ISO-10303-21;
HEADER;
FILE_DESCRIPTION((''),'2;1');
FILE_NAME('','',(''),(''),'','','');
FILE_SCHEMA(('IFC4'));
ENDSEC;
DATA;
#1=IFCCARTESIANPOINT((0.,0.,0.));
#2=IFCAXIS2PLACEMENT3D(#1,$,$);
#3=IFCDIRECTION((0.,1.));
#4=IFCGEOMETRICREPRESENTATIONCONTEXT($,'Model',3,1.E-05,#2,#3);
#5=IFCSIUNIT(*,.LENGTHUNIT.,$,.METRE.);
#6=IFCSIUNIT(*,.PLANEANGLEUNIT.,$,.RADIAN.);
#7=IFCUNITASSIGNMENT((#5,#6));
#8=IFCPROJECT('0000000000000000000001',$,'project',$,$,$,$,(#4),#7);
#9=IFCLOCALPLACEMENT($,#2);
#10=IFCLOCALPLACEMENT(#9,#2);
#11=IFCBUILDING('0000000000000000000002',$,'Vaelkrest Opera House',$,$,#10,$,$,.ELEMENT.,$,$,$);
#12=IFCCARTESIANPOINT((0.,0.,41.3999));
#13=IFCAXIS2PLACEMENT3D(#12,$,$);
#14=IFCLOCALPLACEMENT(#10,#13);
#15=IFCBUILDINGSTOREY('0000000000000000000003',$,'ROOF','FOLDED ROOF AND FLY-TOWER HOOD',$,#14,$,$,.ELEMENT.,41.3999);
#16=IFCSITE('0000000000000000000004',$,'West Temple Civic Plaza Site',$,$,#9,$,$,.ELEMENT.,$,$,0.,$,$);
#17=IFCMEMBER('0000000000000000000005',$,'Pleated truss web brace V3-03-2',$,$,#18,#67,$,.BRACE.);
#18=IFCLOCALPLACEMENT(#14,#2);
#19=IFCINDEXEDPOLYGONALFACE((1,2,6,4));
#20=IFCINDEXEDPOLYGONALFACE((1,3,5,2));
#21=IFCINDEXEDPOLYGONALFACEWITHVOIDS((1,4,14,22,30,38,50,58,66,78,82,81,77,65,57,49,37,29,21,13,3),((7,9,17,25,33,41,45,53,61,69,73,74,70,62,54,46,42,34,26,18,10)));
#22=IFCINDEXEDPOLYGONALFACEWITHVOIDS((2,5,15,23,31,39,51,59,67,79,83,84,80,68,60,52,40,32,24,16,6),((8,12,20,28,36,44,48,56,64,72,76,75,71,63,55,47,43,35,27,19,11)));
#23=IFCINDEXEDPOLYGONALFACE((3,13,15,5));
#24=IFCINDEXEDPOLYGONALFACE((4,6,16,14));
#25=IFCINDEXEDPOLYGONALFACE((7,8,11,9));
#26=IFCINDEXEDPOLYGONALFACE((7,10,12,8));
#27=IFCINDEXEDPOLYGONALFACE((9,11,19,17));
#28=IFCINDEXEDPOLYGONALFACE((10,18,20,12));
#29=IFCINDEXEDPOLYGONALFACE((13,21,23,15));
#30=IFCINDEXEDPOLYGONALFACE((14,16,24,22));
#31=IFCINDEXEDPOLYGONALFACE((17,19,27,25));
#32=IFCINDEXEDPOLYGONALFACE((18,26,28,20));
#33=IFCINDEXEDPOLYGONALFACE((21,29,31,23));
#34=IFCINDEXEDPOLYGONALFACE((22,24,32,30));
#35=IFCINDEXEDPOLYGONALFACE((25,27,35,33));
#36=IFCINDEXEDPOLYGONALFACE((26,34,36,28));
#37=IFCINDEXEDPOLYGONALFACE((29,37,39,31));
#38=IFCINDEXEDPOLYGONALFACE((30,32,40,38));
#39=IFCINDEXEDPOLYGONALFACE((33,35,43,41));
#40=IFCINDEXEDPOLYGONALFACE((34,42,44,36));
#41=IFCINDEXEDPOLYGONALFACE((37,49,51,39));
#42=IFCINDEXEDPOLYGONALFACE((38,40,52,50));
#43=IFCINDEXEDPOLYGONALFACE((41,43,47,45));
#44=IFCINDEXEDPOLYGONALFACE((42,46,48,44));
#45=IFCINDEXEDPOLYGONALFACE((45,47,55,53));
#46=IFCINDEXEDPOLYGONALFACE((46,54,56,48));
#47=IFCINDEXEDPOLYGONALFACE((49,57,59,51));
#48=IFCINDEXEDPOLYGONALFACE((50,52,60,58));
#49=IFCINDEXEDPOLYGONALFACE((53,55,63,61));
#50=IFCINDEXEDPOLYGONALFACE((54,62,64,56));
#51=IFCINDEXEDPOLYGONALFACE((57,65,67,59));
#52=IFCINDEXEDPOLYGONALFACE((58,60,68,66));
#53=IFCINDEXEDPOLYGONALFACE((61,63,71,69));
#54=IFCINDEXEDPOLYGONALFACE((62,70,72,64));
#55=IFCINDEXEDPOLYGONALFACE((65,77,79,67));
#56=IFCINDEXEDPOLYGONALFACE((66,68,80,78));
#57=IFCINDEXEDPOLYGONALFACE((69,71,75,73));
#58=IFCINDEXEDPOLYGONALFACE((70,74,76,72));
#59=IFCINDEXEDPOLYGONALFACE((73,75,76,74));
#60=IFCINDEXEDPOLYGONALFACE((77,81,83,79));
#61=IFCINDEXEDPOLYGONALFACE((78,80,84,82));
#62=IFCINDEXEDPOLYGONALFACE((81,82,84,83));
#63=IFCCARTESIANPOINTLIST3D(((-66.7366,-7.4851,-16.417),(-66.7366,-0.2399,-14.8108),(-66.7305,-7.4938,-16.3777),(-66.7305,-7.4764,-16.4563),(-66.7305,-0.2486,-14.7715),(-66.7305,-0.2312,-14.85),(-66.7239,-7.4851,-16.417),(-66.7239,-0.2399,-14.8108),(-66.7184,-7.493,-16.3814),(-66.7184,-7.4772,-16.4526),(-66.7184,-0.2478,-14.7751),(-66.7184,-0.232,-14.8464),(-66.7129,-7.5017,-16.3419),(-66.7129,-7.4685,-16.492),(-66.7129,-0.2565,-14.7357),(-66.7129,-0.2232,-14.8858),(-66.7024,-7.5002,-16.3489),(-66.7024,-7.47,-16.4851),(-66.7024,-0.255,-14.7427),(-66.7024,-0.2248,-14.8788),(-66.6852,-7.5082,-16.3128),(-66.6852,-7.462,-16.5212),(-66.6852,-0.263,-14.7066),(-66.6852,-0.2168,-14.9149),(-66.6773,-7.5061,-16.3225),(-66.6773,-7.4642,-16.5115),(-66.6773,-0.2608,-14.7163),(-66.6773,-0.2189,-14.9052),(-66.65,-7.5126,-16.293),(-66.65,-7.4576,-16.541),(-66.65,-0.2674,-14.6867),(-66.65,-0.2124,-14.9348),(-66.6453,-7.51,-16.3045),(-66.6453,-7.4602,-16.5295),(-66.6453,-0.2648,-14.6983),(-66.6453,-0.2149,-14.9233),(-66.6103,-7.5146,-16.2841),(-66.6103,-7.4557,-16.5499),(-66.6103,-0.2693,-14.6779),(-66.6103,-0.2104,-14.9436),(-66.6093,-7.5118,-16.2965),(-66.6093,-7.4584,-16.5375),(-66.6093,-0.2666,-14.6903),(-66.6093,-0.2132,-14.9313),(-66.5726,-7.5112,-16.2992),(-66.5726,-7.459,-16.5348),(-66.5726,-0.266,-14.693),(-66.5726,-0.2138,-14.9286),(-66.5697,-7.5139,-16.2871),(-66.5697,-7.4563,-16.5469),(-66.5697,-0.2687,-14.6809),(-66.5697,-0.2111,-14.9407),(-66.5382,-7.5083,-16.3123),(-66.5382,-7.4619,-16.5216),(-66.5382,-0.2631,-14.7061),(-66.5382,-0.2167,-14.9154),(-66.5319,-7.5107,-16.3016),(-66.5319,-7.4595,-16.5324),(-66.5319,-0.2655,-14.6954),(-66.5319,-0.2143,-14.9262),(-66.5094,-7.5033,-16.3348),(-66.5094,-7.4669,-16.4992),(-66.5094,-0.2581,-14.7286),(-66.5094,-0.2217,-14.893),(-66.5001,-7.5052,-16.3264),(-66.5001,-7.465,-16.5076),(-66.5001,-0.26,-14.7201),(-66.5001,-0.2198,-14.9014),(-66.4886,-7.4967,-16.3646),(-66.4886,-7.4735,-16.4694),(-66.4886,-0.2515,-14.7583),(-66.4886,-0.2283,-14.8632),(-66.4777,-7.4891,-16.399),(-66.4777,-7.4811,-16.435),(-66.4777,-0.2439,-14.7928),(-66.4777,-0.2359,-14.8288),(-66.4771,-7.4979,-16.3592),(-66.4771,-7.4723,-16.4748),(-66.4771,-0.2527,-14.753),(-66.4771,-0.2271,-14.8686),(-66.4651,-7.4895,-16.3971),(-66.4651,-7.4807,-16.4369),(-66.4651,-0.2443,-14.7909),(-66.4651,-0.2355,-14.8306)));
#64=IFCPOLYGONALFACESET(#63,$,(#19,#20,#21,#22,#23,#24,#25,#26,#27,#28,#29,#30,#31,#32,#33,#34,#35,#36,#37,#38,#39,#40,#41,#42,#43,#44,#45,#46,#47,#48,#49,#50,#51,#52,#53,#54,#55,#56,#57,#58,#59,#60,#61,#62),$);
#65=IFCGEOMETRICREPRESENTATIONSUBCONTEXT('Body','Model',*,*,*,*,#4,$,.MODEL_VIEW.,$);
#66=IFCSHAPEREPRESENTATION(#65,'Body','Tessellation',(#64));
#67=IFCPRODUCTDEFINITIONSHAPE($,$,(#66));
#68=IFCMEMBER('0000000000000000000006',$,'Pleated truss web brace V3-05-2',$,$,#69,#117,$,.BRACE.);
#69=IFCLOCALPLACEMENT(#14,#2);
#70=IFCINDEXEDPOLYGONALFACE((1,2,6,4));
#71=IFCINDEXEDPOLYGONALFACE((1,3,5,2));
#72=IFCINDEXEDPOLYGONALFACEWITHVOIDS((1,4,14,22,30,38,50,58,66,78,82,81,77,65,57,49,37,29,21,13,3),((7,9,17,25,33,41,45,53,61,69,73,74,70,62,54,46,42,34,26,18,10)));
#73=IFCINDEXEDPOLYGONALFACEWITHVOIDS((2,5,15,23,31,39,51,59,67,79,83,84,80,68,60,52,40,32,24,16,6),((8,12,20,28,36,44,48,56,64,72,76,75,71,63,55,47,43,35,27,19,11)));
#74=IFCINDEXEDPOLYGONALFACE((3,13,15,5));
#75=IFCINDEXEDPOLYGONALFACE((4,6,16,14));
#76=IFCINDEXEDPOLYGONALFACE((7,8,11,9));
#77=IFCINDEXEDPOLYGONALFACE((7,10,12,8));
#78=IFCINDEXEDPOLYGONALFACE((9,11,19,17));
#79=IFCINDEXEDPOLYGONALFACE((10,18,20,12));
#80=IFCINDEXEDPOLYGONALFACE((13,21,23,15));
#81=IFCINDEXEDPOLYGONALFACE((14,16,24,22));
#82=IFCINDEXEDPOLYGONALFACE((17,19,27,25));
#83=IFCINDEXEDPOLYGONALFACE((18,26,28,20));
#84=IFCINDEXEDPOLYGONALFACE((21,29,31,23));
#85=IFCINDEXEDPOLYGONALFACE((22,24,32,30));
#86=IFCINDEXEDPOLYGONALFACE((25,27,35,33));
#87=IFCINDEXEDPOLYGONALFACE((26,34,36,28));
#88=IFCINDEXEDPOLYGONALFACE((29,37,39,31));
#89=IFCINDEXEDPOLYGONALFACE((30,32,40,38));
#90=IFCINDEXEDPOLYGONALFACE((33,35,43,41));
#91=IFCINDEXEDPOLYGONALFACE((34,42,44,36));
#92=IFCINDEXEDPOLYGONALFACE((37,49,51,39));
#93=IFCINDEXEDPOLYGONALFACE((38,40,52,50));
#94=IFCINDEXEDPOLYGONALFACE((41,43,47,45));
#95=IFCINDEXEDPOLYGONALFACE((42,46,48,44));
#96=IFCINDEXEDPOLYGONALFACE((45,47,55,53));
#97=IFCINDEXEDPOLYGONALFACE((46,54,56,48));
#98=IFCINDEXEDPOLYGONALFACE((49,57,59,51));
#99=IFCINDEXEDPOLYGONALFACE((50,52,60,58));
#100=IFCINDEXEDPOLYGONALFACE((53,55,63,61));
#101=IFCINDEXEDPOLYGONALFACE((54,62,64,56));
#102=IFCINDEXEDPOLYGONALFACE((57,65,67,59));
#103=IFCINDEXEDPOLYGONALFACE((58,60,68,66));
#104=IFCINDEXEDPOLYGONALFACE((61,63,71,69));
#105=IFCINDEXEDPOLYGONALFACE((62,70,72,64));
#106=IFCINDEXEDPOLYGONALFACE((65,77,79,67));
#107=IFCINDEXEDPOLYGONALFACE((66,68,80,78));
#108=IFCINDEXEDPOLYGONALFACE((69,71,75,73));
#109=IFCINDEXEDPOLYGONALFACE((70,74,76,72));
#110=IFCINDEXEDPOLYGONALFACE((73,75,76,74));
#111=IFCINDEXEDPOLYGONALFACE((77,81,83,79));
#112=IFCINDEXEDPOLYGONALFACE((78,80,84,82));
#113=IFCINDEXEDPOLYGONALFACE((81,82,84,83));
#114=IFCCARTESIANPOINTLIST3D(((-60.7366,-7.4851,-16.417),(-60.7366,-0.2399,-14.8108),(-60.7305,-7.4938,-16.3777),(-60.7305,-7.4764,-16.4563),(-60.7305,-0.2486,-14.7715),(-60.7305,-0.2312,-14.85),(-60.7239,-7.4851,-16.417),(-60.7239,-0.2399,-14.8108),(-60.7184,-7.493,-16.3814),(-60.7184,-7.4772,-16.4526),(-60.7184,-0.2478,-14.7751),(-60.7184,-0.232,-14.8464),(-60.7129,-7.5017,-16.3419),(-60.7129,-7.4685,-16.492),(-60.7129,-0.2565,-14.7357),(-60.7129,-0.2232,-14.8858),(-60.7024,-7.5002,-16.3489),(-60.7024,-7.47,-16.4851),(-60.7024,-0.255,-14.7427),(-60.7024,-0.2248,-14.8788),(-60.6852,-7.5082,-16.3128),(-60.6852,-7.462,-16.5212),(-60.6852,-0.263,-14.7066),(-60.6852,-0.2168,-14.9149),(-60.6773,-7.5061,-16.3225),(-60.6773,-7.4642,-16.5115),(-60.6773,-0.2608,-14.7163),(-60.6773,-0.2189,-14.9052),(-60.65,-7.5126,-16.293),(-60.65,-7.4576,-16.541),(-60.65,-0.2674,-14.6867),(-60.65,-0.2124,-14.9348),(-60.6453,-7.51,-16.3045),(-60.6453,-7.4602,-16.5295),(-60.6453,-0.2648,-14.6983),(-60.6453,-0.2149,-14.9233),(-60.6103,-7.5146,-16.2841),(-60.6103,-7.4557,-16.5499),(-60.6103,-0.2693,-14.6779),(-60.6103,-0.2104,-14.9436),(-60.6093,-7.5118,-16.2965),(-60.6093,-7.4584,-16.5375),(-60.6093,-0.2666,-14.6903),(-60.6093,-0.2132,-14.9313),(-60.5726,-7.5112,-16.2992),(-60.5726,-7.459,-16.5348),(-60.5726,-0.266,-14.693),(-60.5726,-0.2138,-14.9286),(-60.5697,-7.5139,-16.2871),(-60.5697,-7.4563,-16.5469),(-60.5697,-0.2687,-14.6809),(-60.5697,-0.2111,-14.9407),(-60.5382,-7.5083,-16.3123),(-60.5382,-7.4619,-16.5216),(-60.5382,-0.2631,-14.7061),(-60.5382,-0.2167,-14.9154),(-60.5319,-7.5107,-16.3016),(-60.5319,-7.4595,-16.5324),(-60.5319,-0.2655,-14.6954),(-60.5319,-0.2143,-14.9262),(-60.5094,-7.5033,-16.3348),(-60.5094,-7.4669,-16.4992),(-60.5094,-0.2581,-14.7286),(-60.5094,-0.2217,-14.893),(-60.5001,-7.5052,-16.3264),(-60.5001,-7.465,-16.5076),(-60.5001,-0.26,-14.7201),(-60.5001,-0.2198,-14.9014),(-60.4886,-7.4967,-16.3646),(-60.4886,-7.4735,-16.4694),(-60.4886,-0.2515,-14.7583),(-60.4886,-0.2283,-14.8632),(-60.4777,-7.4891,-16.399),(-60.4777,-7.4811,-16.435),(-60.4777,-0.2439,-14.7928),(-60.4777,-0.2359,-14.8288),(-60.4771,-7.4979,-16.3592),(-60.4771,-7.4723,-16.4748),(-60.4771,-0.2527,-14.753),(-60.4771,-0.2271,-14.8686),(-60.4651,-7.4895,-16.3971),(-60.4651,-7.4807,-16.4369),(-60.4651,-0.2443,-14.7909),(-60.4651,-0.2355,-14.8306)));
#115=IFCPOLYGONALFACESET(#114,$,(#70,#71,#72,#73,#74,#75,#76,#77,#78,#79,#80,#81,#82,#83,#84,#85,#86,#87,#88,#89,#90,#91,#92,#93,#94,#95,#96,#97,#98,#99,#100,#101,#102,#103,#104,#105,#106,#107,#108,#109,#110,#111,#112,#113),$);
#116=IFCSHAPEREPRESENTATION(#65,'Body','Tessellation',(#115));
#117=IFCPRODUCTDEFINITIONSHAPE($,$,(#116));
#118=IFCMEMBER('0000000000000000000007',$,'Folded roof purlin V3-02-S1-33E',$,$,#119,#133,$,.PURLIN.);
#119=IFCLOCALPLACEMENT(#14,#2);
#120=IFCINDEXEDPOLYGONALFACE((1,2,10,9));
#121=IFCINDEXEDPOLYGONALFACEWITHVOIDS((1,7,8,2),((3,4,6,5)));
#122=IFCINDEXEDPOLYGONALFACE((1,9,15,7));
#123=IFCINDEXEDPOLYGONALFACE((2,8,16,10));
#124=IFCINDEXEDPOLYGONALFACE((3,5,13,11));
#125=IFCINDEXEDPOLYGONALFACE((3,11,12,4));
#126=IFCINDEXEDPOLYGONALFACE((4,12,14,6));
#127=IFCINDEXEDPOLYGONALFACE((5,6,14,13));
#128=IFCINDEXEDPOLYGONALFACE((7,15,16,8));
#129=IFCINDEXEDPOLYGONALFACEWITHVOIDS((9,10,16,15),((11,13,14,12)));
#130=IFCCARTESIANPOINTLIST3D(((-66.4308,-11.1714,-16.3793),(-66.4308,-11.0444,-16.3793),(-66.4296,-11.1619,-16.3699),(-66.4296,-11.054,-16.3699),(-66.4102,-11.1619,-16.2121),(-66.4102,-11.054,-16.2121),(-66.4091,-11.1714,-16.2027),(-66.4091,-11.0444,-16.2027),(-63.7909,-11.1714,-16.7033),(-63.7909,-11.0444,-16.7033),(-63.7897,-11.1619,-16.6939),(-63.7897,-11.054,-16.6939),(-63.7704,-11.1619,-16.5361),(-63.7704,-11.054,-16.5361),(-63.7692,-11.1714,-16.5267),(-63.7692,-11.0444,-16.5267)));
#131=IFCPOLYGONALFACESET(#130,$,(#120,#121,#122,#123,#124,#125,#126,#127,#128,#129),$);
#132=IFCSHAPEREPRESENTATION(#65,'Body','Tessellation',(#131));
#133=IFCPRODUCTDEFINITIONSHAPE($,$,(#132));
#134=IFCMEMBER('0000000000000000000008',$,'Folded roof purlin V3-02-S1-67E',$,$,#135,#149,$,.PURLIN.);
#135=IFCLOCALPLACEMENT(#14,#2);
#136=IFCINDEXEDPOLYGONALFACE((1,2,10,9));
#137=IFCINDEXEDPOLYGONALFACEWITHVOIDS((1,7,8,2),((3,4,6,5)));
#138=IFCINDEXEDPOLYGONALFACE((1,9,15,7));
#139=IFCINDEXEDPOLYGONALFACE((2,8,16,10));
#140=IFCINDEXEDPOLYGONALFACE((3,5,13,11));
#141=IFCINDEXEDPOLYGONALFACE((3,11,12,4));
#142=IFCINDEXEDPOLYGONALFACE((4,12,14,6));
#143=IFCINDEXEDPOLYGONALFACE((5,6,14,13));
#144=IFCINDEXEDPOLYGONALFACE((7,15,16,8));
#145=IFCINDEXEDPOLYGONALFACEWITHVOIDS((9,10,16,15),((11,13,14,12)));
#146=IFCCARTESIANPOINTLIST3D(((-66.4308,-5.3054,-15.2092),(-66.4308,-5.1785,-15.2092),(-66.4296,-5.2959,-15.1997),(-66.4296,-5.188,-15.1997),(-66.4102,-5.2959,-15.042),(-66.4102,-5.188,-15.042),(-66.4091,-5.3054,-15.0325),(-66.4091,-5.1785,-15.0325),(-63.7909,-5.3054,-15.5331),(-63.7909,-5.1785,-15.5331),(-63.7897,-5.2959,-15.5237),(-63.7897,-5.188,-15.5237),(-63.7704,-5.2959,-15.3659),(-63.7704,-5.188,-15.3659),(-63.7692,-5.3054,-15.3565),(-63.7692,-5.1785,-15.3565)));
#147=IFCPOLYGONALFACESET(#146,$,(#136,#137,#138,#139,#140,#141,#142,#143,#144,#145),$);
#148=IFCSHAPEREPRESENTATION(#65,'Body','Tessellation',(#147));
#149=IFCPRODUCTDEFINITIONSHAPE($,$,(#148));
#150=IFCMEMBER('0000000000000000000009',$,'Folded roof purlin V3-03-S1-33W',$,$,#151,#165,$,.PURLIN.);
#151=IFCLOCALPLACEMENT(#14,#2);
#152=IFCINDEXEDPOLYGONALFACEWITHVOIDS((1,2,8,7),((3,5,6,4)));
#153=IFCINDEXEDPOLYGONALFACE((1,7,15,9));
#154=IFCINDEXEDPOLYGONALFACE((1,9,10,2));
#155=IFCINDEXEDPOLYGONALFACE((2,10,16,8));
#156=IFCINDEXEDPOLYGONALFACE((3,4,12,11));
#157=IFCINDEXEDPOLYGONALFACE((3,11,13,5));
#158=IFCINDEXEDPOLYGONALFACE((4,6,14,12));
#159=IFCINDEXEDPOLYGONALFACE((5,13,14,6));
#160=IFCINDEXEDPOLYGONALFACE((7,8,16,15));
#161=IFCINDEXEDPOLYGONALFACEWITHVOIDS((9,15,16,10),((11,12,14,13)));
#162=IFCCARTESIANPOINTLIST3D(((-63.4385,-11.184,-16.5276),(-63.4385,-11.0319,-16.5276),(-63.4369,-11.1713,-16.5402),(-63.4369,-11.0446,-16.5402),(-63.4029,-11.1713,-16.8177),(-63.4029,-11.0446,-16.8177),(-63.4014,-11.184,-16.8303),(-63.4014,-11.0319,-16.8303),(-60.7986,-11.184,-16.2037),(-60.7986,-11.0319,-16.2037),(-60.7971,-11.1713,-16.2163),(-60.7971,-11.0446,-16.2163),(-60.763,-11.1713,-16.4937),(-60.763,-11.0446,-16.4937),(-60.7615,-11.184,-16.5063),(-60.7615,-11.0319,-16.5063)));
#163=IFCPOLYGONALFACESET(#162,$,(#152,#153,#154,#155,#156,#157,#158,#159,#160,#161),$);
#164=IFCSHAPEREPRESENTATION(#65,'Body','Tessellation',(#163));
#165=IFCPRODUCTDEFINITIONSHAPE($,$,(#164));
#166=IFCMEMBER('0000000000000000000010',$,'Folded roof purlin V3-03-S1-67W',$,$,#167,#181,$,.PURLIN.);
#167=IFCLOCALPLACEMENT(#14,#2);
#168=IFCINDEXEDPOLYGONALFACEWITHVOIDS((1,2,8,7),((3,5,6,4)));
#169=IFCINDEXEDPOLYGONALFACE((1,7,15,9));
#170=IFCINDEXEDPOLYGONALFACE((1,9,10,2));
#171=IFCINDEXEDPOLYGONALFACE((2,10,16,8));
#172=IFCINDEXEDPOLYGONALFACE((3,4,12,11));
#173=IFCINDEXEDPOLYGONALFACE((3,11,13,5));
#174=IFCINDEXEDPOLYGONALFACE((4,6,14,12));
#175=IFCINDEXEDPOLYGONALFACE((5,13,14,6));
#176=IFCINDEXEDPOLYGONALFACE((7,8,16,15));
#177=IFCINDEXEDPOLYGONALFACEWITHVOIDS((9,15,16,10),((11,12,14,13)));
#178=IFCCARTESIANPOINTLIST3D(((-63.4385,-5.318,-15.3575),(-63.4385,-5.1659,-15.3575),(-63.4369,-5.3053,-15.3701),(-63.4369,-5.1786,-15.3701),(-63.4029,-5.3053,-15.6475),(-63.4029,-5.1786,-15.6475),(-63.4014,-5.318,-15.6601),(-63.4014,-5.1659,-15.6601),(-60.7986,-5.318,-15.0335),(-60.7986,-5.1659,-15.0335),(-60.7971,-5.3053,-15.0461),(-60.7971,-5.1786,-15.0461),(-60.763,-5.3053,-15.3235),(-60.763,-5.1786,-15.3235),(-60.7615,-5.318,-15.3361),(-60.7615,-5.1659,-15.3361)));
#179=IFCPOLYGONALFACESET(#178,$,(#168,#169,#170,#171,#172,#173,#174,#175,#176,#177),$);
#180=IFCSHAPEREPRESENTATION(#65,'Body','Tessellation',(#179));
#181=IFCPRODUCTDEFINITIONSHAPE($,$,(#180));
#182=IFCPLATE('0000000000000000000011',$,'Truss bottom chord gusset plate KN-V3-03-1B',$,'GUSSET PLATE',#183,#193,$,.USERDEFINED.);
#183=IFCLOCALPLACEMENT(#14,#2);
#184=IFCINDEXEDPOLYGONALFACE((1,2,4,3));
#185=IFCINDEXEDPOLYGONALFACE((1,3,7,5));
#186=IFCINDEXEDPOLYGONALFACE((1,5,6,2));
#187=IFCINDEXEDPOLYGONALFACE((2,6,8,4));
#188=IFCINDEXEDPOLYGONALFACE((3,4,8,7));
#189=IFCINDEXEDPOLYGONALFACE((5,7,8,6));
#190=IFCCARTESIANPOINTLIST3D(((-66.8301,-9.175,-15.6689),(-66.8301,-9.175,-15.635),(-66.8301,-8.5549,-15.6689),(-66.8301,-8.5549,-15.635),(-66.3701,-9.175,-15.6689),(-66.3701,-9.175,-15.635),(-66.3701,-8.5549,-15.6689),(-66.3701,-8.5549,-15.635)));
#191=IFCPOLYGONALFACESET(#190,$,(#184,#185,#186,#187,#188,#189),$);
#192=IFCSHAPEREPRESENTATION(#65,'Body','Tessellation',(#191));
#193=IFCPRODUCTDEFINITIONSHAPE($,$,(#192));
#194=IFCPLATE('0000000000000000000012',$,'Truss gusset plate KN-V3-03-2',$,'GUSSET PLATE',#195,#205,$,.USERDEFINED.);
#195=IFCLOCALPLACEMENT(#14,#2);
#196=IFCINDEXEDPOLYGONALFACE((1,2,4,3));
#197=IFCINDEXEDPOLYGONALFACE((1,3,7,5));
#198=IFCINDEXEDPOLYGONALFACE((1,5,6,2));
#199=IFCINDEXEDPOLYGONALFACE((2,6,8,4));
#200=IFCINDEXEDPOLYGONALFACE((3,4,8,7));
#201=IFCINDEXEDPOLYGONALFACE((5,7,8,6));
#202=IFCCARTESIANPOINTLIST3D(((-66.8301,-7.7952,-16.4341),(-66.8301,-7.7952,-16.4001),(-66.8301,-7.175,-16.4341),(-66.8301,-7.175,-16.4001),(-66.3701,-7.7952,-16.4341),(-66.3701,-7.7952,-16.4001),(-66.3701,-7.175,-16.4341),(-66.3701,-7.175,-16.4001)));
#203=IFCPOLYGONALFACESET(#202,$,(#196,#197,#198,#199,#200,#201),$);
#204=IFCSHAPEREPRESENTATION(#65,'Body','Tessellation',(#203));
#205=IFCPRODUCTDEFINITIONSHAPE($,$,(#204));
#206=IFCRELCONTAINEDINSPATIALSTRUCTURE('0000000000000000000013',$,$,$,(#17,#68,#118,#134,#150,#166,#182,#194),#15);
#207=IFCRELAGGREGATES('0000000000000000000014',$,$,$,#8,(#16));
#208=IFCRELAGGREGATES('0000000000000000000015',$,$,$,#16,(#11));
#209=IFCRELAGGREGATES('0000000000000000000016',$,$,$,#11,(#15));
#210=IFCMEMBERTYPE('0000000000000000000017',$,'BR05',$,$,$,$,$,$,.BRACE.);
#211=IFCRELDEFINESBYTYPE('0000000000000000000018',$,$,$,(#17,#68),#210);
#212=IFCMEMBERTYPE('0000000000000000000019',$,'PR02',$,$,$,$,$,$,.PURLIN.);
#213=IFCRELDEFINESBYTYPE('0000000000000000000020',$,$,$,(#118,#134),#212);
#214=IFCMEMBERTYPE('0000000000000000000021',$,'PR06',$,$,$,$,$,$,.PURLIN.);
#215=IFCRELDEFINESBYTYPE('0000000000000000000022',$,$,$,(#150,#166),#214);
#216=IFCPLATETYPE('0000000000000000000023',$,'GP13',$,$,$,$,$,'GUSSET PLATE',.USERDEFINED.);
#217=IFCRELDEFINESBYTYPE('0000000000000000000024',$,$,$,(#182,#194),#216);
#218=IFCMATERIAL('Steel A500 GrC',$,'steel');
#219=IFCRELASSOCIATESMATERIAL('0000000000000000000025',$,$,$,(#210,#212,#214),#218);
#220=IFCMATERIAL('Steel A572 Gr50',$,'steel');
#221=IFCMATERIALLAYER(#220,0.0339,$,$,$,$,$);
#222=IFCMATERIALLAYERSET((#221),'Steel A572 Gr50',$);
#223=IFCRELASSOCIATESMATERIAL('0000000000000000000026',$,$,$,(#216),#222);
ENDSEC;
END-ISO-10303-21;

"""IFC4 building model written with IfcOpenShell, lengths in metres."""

from ifc_helpers import new_model, si_unit, direction, frame, origin, origin_2d, place, context, subcontext, project, spatial, rectangle, hollow_rectangle, hollow_circle, extrude, material, layer, layer_set, material_profile, profile_set, type_object, element, save


model = new_model("IFC4")

# Units and contexts
model_context = context("Model", 3, precision=1e-05, world=origin(), true_north=direction((0.0, 1.0)))
body_context = subcontext(model_context, "Body", "Model", "MODEL_VIEW")
ifc_project = project(units=[si_unit("LENGTHUNIT", "METRE"), si_unit("PLANEANGLEUNIT", "RADIAN")], contexts=[model_context])

# Site, building, storey
site_placement = place(None, origin())
site = spatial("IfcSite", under=ifc_project, at=site_placement, Name="West Temple Civic Plaza Site", CompositionType="ELEMENT", RefElevation=0.0)
building_placement = place(site_placement, origin())
building = spatial("IfcBuilding", under=site, at=building_placement, Name="Vaelkrest Opera House", CompositionType="ELEMENT")
storey_placement = place(building_placement, frame((0.0, 0.0, 41.3999)))
storey = spatial("IfcBuildingStorey", under=building, at=storey_placement, Name="ROOF", Description="FOLDED ROOF AND FLY-TOWER HOOD", CompositionType="ELEMENT", Elevation=41.3999)

# Members
ifc_material_1 = material(Name="Steel A500 GrC", Category="steel")
ifc_material_profile_1 = material_profile(ifc_material_1, hollow_circle(Radius=0.1365, WallThickness=0.0127, at=origin_2d()), Name="HSS273.1X12.7")
ifc_profile_set_1 = profile_set([ifc_material_profile_1], Name="Steel A500 GrC")
member_type_1 = type_object("IfcMemberType", Name="BR05", PredefinedType="BRACE", material=ifc_profile_set_1)
for number, where, z_axis, x_axis, name in (
    (1, (-66.6001, -7.4851, -16.417), (0.0, 0.976296, 0.216439), (-1.0, 0.0, 0.0), "Pleated truss web brace V3-03-2"),
    (2, (-60.6001, -7.4851, -16.417), (0.0, 0.976296, 0.216439), (-1.0, 0.0, 0.0), "Pleated truss web brace V3-05-2"),
):
    element("IfcMember", number, at=place(storey_placement, frame(where, z_axis=z_axis, x_axis=x_axis)), inside=storey, type_object=member_type_1, Name=name, PredefinedType="BRACE", context=body_context, shape_type="SweptSolid", body=[
        extrude(hollow_circle(Radius=0.1365, WallThickness=0.0127, at=origin_2d()), origin(), (0.0, 0.0, 1.0), 7.4211),
    ])
ifc_material_profile_2 = material_profile(ifc_material_1, hollow_rectangle(XDim=0.127, YDim=0.178, WallThickness=0.0095, at=origin_2d()), Name="HSS178X127X9.5")
ifc_profile_set_2 = profile_set([ifc_material_profile_2], Name="Steel A500 GrC")
member_type_2 = type_object("IfcMemberType", Name="PR02", PredefinedType="PURLIN", material=ifc_profile_set_2)
for number, where, z_axis, x_axis, name in (
    (3, (-66.4199, -11.1079, -16.291), (0.992554, 0.0, -0.121809), (0.0, 1.0, 0.0), "Folded roof purlin V3-02-S1-33E"),
    (4, (-66.4199, -5.2419, -15.1208), (0.992554, 0.0, -0.121809), (0.0, 1.0, 0.0), "Folded roof purlin V3-02-S1-67E"),
):
    element("IfcMember", number, at=place(storey_placement, frame(where, z_axis=z_axis, x_axis=x_axis)), inside=storey, type_object=member_type_2, Name=name, PredefinedType="PURLIN", context=body_context, shape_type="SweptSolid", body=[
        extrude(hollow_rectangle(XDim=0.127, YDim=0.178, WallThickness=0.0095, at=origin_2d()), origin(), (0.0, 0.0, 1.0), 2.6597),
    ])
ifc_material_profile_3 = material_profile(ifc_material_1, hollow_rectangle(XDim=0.1521, YDim=0.3049, WallThickness=0.0127, at=origin_2d()), Name="HSS305X152X12.7")
ifc_profile_set_3 = profile_set([ifc_material_profile_3], Name="Steel A500 GrC")
member_type_3 = type_object("IfcMemberType", Name="PR06", PredefinedType="PURLIN", material=ifc_profile_set_3)
for number, where, z_axis, x_axis, name in (
    (5, (-63.4199, -11.1079, -16.679), (0.992554, 0.0, 0.121809), (0.0, 1.0, 0.0), "Folded roof purlin V3-03-S1-33W"),
    (6, (-63.4199, -5.2419, -15.5088), (0.992554, 0.0, 0.121809), (0.0, 1.0, 0.0), "Folded roof purlin V3-03-S1-67W"),
):
    element("IfcMember", number, at=place(storey_placement, frame(where, z_axis=z_axis, x_axis=x_axis)), inside=storey, type_object=member_type_3, Name=name, PredefinedType="PURLIN", context=body_context, shape_type="SweptSolid", body=[
        extrude(hollow_rectangle(XDim=0.1521, YDim=0.3049, WallThickness=0.0127, at=origin_2d()), origin(), (0.0, 0.0, 1.0), 2.6597),
    ])

# Plates
ifc_material_2 = material(Name="Steel A572 Gr50", Category="steel")
ifc_layer_1 = layer(ifc_material_2, 0.0339)
ifc_layer_set_1 = layer_set([ifc_layer_1], Name="Steel A572 Gr50")
plate_type_1 = type_object("IfcPlateType", Name="GP13", ElementType="GUSSET PLATE", PredefinedType="USERDEFINED", material=ifc_layer_set_1)
for number, where, z_axis, x_axis, name in (
    (7, (-66.6001, -8.865, -15.6689), (0.0, 0.0, 1.0), (0.0, 1.0, 0.0), "Truss bottom chord gusset plate KN-V3-03-1B"),
    (8, (-66.6001, -7.4851, -16.4341), (0.0, 0.0, 1.0), (0.0, 1.0, 0.0), "Truss gusset plate KN-V3-03-2"),
):
    element("IfcPlate", number, at=place(storey_placement, frame(where, z_axis=z_axis, x_axis=x_axis)), inside=storey, type_object=plate_type_1, Name=name, ObjectType="GUSSET PLATE", PredefinedType="USERDEFINED", context=body_context, shape_type="SweptSolid", body=[
        extrude(rectangle(XDim=0.6201, YDim=0.46, at=origin_2d()), origin(), (0.0, 0.0, 1.0), 0.0339),
    ])

save(model, "model.ifc")
